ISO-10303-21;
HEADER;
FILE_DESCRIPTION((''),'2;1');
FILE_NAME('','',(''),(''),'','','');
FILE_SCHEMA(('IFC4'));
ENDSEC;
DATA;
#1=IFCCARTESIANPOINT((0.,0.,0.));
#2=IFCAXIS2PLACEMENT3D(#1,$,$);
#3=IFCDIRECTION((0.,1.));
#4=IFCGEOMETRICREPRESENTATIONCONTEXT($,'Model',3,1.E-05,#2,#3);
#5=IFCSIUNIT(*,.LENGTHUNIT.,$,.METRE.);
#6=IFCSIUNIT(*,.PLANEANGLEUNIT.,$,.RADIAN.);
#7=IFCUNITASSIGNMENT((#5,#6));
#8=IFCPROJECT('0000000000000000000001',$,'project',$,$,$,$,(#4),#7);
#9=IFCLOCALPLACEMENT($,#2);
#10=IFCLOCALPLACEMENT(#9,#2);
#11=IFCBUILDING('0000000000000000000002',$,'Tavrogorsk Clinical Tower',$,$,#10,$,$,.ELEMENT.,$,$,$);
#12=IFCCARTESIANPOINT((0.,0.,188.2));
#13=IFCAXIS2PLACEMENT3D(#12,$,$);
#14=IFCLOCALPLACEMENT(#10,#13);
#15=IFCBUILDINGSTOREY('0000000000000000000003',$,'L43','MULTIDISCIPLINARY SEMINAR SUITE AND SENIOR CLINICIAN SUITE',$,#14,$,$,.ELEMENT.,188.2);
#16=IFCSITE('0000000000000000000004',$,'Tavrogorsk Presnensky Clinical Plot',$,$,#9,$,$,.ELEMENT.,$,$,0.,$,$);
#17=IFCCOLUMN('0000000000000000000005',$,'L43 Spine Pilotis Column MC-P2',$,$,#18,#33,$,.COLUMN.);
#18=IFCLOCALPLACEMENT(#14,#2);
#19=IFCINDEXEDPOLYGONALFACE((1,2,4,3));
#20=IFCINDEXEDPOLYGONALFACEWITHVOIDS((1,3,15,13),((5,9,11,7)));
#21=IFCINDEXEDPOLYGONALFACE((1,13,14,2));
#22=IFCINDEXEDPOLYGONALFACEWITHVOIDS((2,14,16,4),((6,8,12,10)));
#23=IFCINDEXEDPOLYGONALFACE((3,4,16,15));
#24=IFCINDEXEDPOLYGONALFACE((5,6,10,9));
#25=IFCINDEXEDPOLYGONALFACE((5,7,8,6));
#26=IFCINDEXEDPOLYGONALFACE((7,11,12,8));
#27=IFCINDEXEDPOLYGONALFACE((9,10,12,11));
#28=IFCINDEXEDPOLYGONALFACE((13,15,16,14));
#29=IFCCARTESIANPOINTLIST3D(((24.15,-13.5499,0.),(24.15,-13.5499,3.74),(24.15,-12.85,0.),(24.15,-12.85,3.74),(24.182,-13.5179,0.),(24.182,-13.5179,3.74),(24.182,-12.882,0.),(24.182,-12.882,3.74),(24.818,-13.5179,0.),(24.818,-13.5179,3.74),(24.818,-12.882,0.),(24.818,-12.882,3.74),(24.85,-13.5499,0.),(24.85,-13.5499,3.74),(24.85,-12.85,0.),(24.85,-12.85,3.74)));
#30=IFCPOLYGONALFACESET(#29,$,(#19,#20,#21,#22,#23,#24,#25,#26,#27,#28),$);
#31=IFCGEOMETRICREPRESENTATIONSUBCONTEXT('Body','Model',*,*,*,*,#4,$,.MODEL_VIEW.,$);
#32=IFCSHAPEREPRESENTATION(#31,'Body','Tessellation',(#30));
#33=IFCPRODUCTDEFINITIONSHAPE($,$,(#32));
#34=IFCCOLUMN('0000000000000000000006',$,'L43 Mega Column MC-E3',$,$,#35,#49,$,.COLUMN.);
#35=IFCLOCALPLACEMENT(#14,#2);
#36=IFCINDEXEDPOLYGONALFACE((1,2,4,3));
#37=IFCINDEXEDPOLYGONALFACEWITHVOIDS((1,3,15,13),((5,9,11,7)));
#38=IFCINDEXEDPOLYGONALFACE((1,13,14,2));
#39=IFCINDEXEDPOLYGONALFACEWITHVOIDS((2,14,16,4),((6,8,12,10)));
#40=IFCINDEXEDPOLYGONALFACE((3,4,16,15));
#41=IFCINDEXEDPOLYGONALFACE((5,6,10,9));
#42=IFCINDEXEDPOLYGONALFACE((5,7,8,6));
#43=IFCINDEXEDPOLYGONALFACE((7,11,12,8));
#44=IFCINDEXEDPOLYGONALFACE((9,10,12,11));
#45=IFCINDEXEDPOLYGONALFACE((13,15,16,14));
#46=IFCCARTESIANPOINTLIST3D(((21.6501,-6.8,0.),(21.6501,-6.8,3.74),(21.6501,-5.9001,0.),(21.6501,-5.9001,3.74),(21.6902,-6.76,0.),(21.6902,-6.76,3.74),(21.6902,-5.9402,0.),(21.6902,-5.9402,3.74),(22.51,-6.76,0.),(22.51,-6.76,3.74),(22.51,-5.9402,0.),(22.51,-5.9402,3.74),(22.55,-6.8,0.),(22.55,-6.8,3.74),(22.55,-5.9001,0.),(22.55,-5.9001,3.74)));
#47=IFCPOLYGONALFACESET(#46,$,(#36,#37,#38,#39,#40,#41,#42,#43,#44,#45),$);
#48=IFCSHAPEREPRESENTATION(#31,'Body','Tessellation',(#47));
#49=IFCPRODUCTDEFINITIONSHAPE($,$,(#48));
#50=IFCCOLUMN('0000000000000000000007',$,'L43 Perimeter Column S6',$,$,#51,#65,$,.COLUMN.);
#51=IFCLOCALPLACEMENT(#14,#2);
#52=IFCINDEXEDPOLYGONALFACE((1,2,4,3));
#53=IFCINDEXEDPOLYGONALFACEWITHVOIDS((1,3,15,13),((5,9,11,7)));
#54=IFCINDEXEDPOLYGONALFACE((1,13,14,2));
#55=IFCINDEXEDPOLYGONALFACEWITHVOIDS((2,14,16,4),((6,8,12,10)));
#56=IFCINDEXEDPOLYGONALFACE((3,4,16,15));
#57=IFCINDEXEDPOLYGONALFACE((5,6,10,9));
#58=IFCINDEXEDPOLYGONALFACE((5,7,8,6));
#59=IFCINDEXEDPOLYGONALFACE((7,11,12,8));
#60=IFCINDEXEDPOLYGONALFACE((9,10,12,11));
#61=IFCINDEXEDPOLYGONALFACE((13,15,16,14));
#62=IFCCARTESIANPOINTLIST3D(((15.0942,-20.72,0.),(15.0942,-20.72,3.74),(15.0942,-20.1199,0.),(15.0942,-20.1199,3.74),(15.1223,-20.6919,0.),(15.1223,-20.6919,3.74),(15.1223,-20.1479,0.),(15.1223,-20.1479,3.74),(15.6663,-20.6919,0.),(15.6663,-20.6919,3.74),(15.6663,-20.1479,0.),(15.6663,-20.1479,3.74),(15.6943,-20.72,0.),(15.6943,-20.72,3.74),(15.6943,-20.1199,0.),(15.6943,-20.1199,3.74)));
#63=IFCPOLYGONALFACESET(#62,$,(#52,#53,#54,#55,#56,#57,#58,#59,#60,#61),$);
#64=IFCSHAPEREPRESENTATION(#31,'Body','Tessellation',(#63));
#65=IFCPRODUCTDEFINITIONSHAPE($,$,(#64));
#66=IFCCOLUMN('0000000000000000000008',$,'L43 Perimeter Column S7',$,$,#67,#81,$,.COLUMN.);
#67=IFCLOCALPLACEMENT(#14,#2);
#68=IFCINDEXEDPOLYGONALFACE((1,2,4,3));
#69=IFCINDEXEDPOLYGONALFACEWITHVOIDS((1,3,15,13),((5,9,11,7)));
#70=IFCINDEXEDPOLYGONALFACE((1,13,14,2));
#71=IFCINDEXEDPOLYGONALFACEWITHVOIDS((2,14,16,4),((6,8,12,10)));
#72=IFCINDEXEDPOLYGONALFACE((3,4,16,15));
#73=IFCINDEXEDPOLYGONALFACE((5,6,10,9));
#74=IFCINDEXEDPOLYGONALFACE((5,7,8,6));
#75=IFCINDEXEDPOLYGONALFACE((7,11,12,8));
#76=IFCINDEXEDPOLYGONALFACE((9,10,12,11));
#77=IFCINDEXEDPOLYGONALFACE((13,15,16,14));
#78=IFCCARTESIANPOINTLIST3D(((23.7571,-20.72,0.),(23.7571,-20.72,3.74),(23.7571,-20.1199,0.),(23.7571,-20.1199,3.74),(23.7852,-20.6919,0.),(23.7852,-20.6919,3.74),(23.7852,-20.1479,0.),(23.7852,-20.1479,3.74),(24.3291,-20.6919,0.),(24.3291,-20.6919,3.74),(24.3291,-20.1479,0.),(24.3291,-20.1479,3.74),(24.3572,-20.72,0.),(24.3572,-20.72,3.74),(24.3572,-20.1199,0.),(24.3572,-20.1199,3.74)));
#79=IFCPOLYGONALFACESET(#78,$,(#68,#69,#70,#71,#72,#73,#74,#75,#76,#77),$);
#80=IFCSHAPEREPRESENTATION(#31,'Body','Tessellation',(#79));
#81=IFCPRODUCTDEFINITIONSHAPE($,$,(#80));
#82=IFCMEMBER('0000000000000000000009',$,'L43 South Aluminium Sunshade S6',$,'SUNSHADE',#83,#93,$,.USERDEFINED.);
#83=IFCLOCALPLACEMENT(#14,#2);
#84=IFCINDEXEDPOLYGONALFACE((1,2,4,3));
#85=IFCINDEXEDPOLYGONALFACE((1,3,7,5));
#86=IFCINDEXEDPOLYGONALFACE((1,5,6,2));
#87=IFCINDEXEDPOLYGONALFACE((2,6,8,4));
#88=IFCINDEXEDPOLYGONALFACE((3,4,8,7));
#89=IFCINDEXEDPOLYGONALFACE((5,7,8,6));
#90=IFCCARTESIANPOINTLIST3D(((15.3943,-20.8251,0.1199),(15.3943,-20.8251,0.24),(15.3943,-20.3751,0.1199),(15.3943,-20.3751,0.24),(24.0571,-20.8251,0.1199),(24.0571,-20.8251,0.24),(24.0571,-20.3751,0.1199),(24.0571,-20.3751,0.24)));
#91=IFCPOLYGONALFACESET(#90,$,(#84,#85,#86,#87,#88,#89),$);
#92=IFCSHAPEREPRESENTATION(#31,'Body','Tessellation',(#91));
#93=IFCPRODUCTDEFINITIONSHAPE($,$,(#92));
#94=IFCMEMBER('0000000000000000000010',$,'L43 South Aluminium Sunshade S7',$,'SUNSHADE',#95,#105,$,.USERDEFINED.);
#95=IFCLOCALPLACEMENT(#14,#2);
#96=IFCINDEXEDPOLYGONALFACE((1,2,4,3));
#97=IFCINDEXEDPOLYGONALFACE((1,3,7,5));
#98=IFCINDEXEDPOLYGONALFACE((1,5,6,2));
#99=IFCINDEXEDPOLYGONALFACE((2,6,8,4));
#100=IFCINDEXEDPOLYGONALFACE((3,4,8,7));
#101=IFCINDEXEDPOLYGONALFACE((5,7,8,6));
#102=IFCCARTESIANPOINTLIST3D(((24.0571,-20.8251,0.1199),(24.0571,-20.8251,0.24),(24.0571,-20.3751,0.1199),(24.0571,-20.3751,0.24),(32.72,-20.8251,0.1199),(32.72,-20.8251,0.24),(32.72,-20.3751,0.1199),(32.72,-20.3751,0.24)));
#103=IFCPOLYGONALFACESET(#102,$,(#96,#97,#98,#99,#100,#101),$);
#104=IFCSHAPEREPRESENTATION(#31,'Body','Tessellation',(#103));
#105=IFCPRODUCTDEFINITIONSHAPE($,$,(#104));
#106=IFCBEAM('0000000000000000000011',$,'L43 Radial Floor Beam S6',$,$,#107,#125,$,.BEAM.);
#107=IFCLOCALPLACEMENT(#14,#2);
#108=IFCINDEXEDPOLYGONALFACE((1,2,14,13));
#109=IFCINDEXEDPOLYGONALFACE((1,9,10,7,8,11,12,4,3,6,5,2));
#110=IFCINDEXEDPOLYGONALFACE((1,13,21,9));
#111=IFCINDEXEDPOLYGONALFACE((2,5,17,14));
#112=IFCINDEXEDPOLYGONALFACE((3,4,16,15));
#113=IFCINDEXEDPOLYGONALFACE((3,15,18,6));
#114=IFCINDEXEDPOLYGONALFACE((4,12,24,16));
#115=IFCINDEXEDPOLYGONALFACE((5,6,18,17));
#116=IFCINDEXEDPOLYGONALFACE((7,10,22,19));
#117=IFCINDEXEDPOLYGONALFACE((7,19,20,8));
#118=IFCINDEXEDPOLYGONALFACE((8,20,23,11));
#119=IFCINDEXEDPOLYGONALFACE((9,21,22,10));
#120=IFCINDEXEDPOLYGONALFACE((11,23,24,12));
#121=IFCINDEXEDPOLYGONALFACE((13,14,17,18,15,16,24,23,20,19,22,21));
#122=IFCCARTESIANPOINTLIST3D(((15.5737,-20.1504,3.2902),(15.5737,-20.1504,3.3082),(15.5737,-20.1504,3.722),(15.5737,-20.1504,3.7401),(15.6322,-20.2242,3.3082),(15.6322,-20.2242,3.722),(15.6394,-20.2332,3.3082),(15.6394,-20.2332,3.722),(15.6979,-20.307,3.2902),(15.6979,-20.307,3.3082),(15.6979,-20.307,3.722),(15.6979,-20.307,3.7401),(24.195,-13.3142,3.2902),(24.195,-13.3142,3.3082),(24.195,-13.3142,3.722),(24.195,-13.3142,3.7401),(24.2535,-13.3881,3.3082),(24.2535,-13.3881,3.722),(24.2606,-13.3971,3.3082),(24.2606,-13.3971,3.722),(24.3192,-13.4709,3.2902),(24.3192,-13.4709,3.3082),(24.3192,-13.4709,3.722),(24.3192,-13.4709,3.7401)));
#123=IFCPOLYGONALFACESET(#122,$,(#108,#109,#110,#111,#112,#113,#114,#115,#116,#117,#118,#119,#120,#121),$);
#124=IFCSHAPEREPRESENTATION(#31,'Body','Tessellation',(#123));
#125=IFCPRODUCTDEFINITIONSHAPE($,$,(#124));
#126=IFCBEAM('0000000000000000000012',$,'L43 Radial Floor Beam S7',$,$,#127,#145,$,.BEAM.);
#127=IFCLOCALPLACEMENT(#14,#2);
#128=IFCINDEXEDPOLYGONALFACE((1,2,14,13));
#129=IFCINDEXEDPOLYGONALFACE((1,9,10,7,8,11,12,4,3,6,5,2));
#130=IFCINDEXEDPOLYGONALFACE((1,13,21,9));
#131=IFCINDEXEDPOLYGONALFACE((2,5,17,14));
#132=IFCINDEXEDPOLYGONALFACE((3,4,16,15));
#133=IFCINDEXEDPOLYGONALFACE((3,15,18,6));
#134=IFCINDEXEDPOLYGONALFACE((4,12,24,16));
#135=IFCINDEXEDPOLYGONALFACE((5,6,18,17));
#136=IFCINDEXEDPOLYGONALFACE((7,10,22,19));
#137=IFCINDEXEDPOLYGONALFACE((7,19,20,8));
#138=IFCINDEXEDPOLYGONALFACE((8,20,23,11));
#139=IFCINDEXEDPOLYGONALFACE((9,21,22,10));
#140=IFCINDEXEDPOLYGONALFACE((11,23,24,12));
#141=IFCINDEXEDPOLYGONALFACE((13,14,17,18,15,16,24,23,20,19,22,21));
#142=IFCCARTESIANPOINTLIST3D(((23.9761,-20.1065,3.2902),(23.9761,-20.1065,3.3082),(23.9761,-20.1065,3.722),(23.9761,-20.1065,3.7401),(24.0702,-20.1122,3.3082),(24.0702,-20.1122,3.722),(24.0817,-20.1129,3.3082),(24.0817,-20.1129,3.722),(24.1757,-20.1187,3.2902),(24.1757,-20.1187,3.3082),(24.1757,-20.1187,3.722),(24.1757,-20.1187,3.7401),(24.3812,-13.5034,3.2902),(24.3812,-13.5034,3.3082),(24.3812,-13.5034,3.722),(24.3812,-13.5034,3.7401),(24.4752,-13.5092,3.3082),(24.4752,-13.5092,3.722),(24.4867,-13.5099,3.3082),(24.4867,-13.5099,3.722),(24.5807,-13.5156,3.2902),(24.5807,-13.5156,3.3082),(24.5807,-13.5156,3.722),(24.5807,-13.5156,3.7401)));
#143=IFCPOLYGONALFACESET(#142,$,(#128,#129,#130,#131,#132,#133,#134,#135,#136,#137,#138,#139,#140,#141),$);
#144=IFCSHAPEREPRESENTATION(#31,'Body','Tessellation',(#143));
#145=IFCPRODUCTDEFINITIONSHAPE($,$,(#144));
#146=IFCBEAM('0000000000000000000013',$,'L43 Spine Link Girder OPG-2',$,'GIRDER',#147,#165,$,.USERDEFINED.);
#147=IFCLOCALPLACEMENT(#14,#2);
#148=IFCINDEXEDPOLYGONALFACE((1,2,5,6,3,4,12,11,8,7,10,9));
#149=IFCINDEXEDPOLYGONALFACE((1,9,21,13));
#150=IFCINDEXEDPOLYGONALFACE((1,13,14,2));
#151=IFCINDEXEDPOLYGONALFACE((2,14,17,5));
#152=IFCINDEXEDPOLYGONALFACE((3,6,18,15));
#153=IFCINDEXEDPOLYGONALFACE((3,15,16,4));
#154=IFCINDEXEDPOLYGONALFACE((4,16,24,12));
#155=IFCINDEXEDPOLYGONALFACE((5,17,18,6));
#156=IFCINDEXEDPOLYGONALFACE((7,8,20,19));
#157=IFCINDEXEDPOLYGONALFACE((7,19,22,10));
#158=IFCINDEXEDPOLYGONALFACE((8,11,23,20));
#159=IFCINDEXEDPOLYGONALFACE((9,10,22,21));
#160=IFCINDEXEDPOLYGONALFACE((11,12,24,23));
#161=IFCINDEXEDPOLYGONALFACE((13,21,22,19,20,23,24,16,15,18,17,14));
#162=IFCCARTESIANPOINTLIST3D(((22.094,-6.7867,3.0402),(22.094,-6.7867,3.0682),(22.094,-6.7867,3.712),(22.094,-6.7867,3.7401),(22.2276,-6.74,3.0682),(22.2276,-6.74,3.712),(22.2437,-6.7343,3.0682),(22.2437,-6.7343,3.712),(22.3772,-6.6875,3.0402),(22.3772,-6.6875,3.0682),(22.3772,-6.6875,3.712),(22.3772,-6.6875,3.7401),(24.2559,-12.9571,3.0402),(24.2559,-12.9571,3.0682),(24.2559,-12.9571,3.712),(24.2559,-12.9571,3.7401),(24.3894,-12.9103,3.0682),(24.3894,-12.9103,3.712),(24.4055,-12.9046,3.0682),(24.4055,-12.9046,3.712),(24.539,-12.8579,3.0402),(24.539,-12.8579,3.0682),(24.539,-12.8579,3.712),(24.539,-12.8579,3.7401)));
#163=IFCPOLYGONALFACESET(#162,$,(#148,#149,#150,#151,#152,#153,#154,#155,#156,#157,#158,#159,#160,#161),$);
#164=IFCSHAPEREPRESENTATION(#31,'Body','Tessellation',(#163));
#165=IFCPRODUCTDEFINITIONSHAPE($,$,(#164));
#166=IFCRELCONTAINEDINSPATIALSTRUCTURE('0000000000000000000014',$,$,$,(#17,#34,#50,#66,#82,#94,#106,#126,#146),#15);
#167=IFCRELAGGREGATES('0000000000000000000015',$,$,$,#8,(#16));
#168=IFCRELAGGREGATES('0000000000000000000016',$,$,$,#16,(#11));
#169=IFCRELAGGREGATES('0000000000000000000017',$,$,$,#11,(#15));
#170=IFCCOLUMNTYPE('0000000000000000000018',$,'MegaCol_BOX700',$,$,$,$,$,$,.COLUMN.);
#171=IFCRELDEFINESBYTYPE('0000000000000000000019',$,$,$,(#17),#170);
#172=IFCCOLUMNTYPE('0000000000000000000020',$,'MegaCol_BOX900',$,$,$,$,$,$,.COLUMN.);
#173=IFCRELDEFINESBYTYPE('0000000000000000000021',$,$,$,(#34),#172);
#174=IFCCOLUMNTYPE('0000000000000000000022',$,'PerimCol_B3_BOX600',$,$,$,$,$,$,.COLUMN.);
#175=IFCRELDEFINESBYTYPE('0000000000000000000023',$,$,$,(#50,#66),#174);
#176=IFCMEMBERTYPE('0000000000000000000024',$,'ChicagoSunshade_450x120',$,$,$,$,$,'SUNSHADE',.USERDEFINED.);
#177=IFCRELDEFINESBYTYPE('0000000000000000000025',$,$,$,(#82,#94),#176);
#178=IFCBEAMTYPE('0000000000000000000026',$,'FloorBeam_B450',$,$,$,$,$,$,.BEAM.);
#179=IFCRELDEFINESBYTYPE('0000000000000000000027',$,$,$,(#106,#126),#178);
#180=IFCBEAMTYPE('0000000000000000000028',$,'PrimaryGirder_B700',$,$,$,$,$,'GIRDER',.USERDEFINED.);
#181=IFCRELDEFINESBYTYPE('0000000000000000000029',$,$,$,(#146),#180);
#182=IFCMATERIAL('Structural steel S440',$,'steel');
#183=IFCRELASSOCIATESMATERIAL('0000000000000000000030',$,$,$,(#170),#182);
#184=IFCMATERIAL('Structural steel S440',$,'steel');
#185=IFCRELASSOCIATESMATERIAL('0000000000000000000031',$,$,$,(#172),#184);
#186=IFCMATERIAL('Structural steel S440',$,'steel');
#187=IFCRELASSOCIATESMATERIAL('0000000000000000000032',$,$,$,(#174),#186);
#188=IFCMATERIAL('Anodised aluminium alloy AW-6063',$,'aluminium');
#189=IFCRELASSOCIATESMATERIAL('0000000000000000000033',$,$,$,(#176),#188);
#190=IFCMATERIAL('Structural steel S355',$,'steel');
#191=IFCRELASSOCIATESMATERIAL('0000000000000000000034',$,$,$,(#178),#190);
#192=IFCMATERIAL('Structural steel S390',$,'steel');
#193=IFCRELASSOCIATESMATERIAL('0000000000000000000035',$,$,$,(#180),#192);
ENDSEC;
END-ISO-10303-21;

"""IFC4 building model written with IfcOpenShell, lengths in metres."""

from ifc_helpers import new_model, si_unit, direction, frame, origin, origin_2d, place, context, subcontext, project, spatial, rectangle, hollow_rectangle, i_section, extrude, material, material_profile, profile_set, type_object, element, save


model = new_model("IFC4")

# Units and contexts
model_context = context("Model", 3, precision=1e-05, world=origin(), true_north=direction((0.0, 1.0)))
body_context = subcontext(model_context, "Body", "Model", "MODEL_VIEW")
ifc_project = project(units=[si_unit("LENGTHUNIT", "METRE"), si_unit("PLANEANGLEUNIT", "RADIAN")], contexts=[model_context])

# Site, building, storey
site_placement = place(None, origin())
site = spatial("IfcSite", under=ifc_project, at=site_placement, Name="Tavrogorsk Presnensky Clinical Plot", CompositionType="ELEMENT", RefElevation=0.0)
building_placement = place(site_placement, origin())
building = spatial("IfcBuilding", under=site, at=building_placement, Name="Tavrogorsk Clinical Tower", CompositionType="ELEMENT")
storey_placement = place(building_placement, frame((0.0, 0.0, 188.2)))
storey = spatial("IfcBuildingStorey", under=building, at=storey_placement, Name="L43", Description="MULTIDISCIPLINARY SEMINAR SUITE AND SENIOR CLINICIAN SUITE", CompositionType="ELEMENT", Elevation=188.2)

# Columns
ifc_material_1 = material(Name="Structural steel S440", Category="steel")
ifc_material_profile_1 = material_profile(ifc_material_1, hollow_rectangle(XDim=0.7, YDim=0.7, WallThickness=0.032, at=origin_2d()), Name="BOX-700x700x32")
ifc_profile_set_1 = profile_set([ifc_material_profile_1], Name="Structural steel S440")
column_type_1 = type_object("IfcColumnType", Name="MegaCol_BOX700", PredefinedType="COLUMN", material=ifc_profile_set_1)
column_1_placement = place(storey_placement, frame((24.5, -13.2, 0.0), z_axis=(0.0, 0.0, 1.0), x_axis=(1.0, 0.0, 0.0)))
element("IfcColumn", 1, at=column_1_placement, inside=storey, type_object=column_type_1, Name="L43 Spine Pilotis Column MC-P2", PredefinedType="COLUMN", context=body_context, shape_type="SweptSolid", body=[
    extrude(hollow_rectangle(XDim=0.7, YDim=0.7, WallThickness=0.032, at=origin_2d()), origin(), (0.0, 0.0, 1.0), 3.74),
])
ifc_material_2 = material(Name="Structural steel S440", Category="steel")
ifc_material_profile_2 = material_profile(ifc_material_2, hollow_rectangle(XDim=0.8999, YDim=0.8999, WallThickness=0.04, at=origin_2d()), Name="BOX-900x900x40")
ifc_profile_set_2 = profile_set([ifc_material_profile_2], Name="Structural steel S440")
column_type_2 = type_object("IfcColumnType", Name="MegaCol_BOX900", PredefinedType="COLUMN", material=ifc_profile_set_2)
column_2_placement = place(storey_placement, frame((22.1001, -6.3501, 0.0), z_axis=(0.0, 0.0, 1.0), x_axis=(1.0, 0.0, 0.0)))
element("IfcColumn", 2, at=column_2_placement, inside=storey, type_object=column_type_2, Name="L43 Mega Column MC-E3", PredefinedType="COLUMN", context=body_context, shape_type="SweptSolid", body=[
    extrude(hollow_rectangle(XDim=0.8999, YDim=0.8999, WallThickness=0.04, at=origin_2d()), origin(), (0.0, 0.0, 1.0), 3.74),
])
ifc_material_3 = material(Name="Structural steel S440", Category="steel")
ifc_material_profile_3 = material_profile(ifc_material_3, hollow_rectangle(XDim=0.6001, YDim=0.6001, WallThickness=0.0281, at=origin_2d()), Name="BOX-600x600x28")
ifc_profile_set_3 = profile_set([ifc_material_profile_3], Name="Structural steel S440")
column_type_3 = type_object("IfcColumnType", Name="PerimCol_B3_BOX600", PredefinedType="COLUMN", material=ifc_profile_set_3)
for number, where, z_axis, x_axis, name in (
    (3, (15.3943, -20.4199, 0.0), (0.0, 0.0, 1.0), (1.0, 0.0, 0.0), "L43 Perimeter Column S6"),
    (4, (24.0571, -20.4199, 0.0), (0.0, 0.0, 1.0), (1.0, 0.0, 0.0), "L43 Perimeter Column S7"),
):
    element("IfcColumn", number, at=place(storey_placement, frame(where, z_axis=z_axis, x_axis=x_axis)), inside=storey, type_object=column_type_3, Name=name, PredefinedType="COLUMN", context=body_context, shape_type="SweptSolid", body=[
        extrude(hollow_rectangle(XDim=0.6001, YDim=0.6001, WallThickness=0.0281, at=origin_2d()), origin(), (0.0, 0.0, 1.0), 3.74),
    ])

# Members
ifc_material_4 = material(Name="Anodised aluminium alloy AW-6063", Category="aluminium")
ifc_material_profile_4 = material_profile(ifc_material_4, rectangle(XDim=0.45, YDim=0.1201, at=origin_2d()), Name="ALU-SUNSHADE-450x120")
ifc_profile_set_4 = profile_set([ifc_material_profile_4], Name="Anodised aluminium alloy AW-6063")
member_type = type_object("IfcMemberType", Name="ChicagoSunshade_450x120", ElementType="SUNSHADE", PredefinedType="USERDEFINED", material=ifc_profile_set_4)
for number, where, z_axis, x_axis, name in (
    (5, (15.3943, -20.6001, 0.1799), (1.0, 0.0, 0.0), (0.0, 1.0, 0.0), "L43 South Aluminium Sunshade S6"),
    (6, (24.0571, -20.6001, 0.1799), (1.0, 0.0, 0.0), (0.0, 1.0, 0.0), "L43 South Aluminium Sunshade S7"),
):
    element("IfcMember", number, at=place(storey_placement, frame(where, z_axis=z_axis, x_axis=x_axis)), inside=storey, type_object=member_type, Name=name, ObjectType="SUNSHADE", PredefinedType="USERDEFINED", context=body_context, shape_type="SweptSolid", body=[
        extrude(rectangle(XDim=0.45, YDim=0.1201, at=origin_2d()), origin(), (0.0, 0.0, 1.0), 8.6628),
    ])

# Beams
ifc_material_5 = material(Name="Structural steel S355", Category="steel")
ifc_material_profile_5 = material_profile(ifc_material_5, i_section(OverallWidth=0.2, OverallDepth=0.45, WebThickness=0.0115, FlangeThickness=0.0181, at=origin_2d()), Name="B-450x200x11.5x18")
ifc_profile_set_5 = profile_set([ifc_material_profile_5], Name="Structural steel S355")
beam_type_1 = type_object("IfcBeamType", Name="FloorBeam_B450", PredefinedType="BEAM", material=ifc_profile_set_5)
beam_1_placement = place(storey_placement, frame((24.2571, -13.3926, 3.5151), z_axis=(-0.783561, -0.621315, 0.0), x_axis=(0.621315, -0.783561, 0.0)))
element("IfcBeam", 7, at=beam_1_placement, inside=storey, type_object=beam_type_1, Name="L43 Radial Floor Beam S6", PredefinedType="BEAM", context=body_context, shape_type="SweptSolid", body=[
    extrude(i_section(OverallWidth=0.2, OverallDepth=0.45, WebThickness=0.0115, FlangeThickness=0.0181, at=origin_2d()), origin(), (0.0, 0.0, 1.0), 11.0027),
])
beam_2_placement = place(storey_placement, frame((24.481, -13.5095, 3.5151), z_axis=(-0.061225, -0.998124, 0.0), x_axis=(0.998124, -0.061225, 0.0)))
element("IfcBeam", 8, at=beam_2_placement, inside=storey, type_object=beam_type_1, Name="L43 Radial Floor Beam S7", PredefinedType="BEAM", context=body_context, shape_type="SweptSolid", body=[
    extrude(i_section(OverallWidth=0.2, OverallDepth=0.45, WebThickness=0.0115, FlangeThickness=0.0181, at=origin_2d()), origin(), (0.0, 0.0, 1.0), 6.6155),
])
ifc_material_6 = material(Name="Structural steel S390", Category="steel")
ifc_material_profile_6 = material_profile(ifc_material_6, i_section(OverallWidth=0.3, OverallDepth=0.7, WebThickness=0.0171, FlangeThickness=0.0281, at=origin_2d()), Name="B-700x300x17x28")
ifc_profile_set_6 = profile_set([ifc_material_profile_6], Name="Structural steel S390")
beam_type_2 = type_object("IfcBeamType", Name="PrimaryGirder_B700", ElementType="GIRDER", PredefinedType="USERDEFINED", material=ifc_profile_set_6)
beam_3_placement = place(storey_placement, frame((24.3975, -12.9075, 3.3901), z_axis=(-0.330653, 0.943752, 0.0), x_axis=(-0.943752, -0.330653, 0.0)))
element("IfcBeam", 9, at=beam_3_placement, inside=storey, type_object=beam_type_2, Name="L43 Spine Link Girder OPG-2", ObjectType="GIRDER", PredefinedType="USERDEFINED", context=body_context, shape_type="SweptSolid", body=[
    extrude(i_section(OverallWidth=0.3, OverallDepth=0.7, WebThickness=0.0171, FlangeThickness=0.0281, at=origin_2d()), origin(), (0.0, 0.0, 1.0), 6.5381),
])

save(model, "model.ifc")
